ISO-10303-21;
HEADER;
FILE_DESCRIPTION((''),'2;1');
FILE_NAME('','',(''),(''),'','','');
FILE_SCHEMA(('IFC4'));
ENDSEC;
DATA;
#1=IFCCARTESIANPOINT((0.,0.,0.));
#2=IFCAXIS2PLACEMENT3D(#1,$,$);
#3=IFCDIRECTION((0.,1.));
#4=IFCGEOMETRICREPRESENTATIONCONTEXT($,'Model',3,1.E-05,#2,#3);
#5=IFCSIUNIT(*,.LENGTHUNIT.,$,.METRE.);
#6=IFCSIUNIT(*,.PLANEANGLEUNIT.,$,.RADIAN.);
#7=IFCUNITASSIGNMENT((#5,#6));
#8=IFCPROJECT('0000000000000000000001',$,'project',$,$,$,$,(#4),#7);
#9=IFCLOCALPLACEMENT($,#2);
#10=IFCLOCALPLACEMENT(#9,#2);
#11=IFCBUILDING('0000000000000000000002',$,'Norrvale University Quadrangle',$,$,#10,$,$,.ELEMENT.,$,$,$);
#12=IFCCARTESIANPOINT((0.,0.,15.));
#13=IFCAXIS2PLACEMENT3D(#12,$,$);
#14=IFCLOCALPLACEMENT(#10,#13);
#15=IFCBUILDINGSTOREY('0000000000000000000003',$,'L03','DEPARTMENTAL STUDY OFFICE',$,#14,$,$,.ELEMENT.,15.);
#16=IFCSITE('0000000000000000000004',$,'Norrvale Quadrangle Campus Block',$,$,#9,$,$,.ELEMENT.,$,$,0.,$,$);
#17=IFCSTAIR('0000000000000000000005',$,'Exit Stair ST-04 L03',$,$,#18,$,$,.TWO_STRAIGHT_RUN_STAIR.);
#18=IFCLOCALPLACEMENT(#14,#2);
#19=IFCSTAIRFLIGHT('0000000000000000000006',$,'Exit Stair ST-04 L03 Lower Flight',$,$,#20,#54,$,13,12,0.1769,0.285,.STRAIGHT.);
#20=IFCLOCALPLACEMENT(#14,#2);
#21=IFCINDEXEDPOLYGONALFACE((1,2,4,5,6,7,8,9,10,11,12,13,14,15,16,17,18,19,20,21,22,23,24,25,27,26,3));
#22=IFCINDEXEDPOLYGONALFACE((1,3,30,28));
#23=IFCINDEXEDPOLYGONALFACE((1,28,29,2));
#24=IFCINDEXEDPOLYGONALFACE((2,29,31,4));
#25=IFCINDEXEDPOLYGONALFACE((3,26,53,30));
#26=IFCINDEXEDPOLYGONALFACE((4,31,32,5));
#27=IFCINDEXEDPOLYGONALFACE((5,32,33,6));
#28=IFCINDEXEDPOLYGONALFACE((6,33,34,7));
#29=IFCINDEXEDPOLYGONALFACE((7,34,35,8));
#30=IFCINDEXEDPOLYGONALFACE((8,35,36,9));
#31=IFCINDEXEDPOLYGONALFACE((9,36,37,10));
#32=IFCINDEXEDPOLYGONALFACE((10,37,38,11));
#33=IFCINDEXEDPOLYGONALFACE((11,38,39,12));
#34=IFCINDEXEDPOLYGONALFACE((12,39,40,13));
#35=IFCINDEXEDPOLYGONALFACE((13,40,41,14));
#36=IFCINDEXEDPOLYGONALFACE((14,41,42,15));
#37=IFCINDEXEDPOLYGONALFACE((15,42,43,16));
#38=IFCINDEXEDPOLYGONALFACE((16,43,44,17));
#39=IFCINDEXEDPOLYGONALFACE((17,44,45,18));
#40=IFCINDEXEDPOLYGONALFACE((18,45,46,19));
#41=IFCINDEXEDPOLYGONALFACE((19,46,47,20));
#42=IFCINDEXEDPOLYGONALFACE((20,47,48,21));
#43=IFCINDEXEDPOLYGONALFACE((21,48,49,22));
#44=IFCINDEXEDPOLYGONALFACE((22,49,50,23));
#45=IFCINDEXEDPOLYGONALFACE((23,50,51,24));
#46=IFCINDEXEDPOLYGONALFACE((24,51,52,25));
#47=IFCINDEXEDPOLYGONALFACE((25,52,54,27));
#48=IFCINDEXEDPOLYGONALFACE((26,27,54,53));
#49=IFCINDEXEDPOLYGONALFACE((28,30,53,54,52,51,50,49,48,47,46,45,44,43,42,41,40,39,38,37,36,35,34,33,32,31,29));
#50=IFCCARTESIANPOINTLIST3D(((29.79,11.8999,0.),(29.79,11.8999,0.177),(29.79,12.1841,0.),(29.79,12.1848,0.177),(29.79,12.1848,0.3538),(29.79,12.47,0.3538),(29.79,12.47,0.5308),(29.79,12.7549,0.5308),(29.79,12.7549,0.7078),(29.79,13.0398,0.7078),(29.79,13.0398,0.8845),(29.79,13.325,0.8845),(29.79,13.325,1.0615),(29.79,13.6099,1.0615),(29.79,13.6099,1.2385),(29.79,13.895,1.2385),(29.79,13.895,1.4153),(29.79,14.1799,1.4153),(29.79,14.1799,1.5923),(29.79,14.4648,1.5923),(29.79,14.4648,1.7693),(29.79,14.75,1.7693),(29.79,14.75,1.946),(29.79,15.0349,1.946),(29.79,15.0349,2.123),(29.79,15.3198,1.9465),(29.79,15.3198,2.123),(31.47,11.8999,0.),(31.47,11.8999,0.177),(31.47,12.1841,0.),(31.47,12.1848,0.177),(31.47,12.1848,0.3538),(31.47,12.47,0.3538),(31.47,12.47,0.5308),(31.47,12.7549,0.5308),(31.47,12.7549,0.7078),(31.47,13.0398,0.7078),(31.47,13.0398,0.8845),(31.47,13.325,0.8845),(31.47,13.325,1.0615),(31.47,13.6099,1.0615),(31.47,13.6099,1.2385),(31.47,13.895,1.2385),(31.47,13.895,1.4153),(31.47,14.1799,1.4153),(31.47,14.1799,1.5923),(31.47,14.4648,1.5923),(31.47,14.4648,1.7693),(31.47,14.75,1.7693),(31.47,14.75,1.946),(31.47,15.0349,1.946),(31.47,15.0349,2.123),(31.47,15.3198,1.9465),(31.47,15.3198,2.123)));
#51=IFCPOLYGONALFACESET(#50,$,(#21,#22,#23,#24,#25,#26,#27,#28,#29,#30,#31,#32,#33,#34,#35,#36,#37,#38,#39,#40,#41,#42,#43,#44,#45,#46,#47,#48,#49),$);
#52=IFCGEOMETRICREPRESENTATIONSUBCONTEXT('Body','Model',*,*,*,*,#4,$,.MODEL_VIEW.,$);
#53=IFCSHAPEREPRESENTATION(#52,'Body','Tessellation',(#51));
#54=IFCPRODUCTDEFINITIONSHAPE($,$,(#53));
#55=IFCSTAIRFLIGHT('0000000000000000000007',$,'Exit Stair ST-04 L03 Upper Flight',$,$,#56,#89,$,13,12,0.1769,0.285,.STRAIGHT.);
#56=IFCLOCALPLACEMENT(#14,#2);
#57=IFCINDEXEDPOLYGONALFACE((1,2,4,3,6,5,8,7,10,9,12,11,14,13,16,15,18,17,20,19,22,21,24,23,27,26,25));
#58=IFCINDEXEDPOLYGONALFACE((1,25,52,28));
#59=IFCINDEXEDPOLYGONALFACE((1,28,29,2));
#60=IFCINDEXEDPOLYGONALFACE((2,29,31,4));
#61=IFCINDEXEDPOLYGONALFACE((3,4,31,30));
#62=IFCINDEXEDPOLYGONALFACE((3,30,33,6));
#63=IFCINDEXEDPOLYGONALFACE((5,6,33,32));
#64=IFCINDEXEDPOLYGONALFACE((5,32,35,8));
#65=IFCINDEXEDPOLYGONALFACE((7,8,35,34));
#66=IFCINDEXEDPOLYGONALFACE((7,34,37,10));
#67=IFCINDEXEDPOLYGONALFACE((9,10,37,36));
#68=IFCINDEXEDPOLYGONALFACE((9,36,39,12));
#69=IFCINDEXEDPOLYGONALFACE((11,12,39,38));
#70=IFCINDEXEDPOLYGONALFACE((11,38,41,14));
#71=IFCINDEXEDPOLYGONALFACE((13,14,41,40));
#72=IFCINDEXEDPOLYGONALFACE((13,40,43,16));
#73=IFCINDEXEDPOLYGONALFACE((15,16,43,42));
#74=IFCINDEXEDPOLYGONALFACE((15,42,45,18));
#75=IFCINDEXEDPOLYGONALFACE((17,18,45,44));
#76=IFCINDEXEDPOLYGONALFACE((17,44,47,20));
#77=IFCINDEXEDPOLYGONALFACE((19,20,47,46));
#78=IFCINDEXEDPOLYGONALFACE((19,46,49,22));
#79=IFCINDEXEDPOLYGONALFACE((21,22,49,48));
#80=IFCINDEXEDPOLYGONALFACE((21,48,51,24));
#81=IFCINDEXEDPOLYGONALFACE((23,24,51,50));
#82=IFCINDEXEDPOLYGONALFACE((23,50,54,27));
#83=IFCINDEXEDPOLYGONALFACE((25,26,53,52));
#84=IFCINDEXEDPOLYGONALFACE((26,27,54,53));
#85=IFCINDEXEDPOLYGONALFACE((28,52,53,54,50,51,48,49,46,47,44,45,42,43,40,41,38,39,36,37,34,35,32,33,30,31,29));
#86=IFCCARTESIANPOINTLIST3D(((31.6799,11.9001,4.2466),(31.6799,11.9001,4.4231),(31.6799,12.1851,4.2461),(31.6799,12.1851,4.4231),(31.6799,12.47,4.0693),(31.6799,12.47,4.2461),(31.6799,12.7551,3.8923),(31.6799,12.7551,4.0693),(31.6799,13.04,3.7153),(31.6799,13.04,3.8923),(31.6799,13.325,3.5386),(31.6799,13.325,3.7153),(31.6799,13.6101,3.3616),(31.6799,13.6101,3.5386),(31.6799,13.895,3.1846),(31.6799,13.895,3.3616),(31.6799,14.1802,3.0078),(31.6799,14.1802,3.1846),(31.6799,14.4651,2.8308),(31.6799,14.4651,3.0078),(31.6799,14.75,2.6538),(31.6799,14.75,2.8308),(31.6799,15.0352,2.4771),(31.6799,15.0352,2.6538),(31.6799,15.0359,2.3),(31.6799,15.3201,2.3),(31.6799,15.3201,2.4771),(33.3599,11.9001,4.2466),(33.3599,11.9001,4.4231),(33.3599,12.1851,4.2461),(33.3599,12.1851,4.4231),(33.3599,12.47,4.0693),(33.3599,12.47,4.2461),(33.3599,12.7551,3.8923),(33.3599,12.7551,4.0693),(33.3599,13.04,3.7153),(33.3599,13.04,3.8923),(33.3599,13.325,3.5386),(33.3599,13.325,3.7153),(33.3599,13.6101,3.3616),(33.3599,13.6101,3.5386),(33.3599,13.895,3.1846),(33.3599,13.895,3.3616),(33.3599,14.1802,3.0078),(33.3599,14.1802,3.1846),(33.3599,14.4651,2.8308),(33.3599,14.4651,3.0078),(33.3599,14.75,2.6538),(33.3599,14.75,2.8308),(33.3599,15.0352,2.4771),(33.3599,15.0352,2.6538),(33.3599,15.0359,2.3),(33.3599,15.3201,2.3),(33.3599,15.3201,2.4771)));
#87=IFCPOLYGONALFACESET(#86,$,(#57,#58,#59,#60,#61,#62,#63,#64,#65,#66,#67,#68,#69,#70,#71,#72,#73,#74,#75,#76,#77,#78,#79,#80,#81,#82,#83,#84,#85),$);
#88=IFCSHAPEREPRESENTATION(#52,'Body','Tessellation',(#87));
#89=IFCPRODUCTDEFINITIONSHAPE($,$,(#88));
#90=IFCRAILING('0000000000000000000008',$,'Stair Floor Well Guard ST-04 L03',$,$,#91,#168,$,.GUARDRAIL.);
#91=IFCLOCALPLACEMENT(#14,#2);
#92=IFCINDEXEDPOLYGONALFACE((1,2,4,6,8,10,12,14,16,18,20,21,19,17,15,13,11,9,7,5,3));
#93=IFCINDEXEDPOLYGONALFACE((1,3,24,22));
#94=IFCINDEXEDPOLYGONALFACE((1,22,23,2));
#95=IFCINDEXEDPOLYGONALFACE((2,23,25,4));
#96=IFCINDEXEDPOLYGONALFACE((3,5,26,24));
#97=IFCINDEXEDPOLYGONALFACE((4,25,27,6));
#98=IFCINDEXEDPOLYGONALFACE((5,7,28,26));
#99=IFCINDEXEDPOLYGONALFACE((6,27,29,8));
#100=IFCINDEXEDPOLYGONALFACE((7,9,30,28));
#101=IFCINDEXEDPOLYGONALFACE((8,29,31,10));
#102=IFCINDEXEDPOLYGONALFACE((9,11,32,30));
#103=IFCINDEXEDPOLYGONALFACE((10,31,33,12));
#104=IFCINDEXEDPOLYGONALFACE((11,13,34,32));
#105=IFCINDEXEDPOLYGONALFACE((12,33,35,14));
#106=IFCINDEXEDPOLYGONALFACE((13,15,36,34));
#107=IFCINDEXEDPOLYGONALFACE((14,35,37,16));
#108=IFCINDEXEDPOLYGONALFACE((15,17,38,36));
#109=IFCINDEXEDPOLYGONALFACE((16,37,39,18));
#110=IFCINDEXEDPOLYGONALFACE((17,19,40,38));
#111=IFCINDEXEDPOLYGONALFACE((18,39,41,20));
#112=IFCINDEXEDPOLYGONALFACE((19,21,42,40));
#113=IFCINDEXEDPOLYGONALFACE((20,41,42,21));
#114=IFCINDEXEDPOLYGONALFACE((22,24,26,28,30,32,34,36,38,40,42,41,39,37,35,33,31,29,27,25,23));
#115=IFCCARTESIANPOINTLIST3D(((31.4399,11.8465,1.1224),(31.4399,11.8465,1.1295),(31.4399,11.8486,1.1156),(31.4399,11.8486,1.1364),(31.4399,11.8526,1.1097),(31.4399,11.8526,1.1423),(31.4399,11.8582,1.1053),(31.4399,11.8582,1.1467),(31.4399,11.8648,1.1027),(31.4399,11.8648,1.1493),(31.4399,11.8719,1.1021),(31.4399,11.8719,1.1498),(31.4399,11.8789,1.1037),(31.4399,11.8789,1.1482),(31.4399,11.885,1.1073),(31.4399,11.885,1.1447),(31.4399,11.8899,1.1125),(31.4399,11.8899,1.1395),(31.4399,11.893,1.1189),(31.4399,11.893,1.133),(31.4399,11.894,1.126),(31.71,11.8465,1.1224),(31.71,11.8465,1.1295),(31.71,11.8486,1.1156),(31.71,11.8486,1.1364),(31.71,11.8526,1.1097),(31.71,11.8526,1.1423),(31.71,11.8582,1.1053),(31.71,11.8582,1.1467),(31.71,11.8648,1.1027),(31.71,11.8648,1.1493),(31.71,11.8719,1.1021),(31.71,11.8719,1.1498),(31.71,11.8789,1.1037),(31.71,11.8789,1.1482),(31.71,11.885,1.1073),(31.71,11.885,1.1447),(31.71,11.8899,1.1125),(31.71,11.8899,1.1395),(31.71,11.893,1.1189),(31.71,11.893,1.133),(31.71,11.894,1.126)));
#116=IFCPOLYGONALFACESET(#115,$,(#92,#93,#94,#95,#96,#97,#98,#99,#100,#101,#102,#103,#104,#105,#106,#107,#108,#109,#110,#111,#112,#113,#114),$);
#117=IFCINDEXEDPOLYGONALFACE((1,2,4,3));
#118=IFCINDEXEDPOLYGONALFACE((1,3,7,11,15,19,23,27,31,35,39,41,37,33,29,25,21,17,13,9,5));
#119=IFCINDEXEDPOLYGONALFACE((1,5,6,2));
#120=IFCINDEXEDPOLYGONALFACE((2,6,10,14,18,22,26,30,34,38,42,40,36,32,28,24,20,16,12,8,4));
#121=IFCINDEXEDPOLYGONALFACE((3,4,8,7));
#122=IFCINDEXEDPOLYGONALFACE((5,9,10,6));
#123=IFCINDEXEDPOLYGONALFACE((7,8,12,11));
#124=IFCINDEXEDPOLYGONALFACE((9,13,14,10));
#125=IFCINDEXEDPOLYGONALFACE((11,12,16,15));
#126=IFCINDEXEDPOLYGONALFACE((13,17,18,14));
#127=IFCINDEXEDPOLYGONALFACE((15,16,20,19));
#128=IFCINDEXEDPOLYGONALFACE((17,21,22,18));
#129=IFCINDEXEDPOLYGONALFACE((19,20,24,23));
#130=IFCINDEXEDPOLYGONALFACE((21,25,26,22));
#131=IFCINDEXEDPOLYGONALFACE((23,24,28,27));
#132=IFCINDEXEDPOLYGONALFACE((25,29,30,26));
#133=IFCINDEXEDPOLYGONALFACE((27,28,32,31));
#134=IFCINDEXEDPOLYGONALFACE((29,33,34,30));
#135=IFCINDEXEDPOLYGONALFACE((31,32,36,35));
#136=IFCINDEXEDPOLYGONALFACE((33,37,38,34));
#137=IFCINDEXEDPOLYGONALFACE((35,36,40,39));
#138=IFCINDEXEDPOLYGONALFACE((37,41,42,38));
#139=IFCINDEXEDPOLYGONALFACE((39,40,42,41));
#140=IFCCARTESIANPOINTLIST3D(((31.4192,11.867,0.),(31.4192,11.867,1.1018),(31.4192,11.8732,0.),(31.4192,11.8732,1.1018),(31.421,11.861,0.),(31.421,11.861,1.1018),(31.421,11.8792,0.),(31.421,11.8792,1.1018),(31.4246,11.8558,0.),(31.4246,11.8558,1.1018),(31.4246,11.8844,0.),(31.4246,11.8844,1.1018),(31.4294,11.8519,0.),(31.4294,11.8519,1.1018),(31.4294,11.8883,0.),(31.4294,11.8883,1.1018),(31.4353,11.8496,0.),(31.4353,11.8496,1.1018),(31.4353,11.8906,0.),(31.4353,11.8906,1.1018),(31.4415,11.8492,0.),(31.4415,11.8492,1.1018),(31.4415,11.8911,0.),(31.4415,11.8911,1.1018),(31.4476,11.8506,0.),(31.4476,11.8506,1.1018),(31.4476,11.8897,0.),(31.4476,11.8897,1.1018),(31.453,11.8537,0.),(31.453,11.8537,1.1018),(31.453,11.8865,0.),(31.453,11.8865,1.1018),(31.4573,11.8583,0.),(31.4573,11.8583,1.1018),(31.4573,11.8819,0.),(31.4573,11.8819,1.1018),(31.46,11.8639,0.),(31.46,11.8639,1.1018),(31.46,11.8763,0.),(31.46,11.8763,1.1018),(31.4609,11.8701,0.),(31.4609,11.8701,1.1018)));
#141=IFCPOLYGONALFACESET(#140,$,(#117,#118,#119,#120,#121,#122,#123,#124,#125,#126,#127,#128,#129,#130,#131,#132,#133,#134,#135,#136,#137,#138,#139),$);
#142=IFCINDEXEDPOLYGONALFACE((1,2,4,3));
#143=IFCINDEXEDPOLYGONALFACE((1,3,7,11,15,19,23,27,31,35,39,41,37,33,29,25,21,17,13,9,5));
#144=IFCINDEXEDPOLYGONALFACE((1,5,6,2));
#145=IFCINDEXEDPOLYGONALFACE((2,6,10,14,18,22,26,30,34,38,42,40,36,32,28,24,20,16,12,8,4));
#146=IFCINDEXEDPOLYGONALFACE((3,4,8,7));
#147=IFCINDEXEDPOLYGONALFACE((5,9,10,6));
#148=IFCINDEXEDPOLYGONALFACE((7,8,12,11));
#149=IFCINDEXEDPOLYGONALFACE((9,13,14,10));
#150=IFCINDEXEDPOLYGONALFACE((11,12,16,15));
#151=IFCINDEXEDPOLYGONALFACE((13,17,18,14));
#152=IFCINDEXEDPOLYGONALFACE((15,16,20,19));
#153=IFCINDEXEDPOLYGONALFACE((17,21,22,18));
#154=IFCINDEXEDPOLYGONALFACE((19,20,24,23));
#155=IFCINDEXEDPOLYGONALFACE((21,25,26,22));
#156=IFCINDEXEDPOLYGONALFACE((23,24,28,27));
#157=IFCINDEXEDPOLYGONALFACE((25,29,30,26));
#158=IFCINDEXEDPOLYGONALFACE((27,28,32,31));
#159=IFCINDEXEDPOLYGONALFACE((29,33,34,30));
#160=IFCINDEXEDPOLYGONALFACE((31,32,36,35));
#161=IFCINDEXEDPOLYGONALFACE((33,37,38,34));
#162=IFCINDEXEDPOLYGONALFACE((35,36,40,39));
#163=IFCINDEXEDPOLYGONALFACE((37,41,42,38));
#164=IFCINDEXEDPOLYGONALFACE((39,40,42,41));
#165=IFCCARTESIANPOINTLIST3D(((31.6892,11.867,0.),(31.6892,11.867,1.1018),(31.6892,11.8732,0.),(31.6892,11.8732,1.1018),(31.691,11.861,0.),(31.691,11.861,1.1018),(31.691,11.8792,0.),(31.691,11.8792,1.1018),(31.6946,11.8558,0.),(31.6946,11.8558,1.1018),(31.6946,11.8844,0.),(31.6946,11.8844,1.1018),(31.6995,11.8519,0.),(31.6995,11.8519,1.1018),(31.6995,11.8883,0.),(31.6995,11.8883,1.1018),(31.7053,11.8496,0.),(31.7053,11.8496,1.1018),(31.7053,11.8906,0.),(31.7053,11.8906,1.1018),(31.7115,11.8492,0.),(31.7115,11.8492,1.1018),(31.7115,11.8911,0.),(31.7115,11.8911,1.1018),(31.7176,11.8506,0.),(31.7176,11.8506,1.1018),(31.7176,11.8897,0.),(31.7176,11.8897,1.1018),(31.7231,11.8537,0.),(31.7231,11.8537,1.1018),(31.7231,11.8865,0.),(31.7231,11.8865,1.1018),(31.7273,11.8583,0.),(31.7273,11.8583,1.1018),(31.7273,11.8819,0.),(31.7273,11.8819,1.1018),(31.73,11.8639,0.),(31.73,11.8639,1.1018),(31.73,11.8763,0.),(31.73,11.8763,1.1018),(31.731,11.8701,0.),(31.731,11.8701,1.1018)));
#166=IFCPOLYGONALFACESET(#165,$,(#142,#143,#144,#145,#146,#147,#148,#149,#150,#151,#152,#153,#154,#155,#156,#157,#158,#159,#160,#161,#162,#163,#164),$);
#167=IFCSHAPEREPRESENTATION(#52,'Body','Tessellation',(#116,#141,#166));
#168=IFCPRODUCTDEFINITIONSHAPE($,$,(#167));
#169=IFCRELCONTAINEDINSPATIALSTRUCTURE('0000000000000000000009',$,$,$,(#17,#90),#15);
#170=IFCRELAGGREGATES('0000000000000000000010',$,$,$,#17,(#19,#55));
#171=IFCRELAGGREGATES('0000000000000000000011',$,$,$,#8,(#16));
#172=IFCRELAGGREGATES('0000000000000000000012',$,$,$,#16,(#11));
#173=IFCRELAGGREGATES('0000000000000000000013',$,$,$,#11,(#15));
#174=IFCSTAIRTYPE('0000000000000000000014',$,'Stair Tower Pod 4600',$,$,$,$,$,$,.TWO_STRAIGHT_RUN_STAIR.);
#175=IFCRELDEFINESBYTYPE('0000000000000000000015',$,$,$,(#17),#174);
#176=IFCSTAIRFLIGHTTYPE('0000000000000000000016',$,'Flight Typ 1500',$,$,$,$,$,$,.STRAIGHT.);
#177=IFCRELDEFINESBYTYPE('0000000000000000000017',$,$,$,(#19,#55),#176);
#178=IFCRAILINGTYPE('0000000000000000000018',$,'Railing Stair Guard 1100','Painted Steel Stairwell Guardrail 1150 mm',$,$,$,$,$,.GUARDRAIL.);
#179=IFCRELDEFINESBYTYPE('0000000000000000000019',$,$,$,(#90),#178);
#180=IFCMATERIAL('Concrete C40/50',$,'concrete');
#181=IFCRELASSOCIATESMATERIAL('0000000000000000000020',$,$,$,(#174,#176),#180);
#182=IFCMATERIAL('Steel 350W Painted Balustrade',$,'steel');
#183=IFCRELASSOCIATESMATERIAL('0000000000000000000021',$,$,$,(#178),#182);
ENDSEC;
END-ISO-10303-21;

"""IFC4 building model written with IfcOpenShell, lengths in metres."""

from ifc_helpers import new_model, si_unit, direction, frame, origin, origin_2d, place, context, subcontext, project, spatial, polyline, circle, outline, extrude, material, type_object, element, aggregate, save


model = new_model("IFC4")

# Units and contexts
model_context = context("Model", 3, precision=1e-05, world=origin(), true_north=direction((0.0, 1.0)))
body_context = subcontext(model_context, "Body", "Model", "MODEL_VIEW")
ifc_project = project(units=[si_unit("LENGTHUNIT", "METRE"), si_unit("PLANEANGLEUNIT", "RADIAN")], contexts=[model_context])

# Site, building, storey
site_placement = place(None, origin())
site = spatial("IfcSite", under=ifc_project, at=site_placement, Name="Norrvale Quadrangle Campus Block", CompositionType="ELEMENT", RefElevation=0.0)
building_placement = place(site_placement, origin())
building = spatial("IfcBuilding", under=site, at=building_placement, Name="Norrvale University Quadrangle", CompositionType="ELEMENT")
storey_placement = place(building_placement, frame((0.0, 0.0, 15.0)))
storey = spatial("IfcBuildingStorey", under=building, at=storey_placement, Name="L03", Description="DEPARTMENTAL STUDY OFFICE", CompositionType="ELEMENT", Elevation=15.0)

# Stair, stair flights
ifc_material_1 = material(Name="Concrete C40/50", Category="concrete")
stair_type = type_object("IfcStairType", Name="Stair Tower Pod 4600", PredefinedType="TWO_STRAIGHT_RUN_STAIR", material=ifc_material_1)
stair_placement = place(storey_placement, origin())
stair = element("IfcStair", 1, at=stair_placement, inside=storey, type_object=stair_type, Name="Exit Stair ST-04 L03", PredefinedType="TWO_STRAIGHT_RUN_STAIR")
stair_flight_type = type_object("IfcStairFlightType", Name="Flight Typ 1500", PredefinedType="STRAIGHT", material=ifc_material_1)
stair_flight_1_placement = place(storey_placement, frame((30.6299, 11.8999, 0.0), z_axis=(0.0, 0.0, 1.0), x_axis=(0.0, 1.0, 0.0)))
stair_flight_1 = element("IfcStairFlight", 2, at=stair_flight_1_placement, type_object=stair_flight_type, Name="Exit Stair ST-04 L03 Lower Flight", NumberOfRisers=13, NumberOfTreads=12, PredefinedType="STRAIGHT", RiserHeight=0.1769, TreadLength=0.285, context=body_context, shape_type="SweptSolid", body=[
    extrude(outline(polyline([(0.0, 0.0), (0.0, 0.177), (0.2849, 0.177), (0.2849, 0.3538), (0.5701, 0.3538), (0.5701, 0.5308), (0.855, 0.5308), (0.855, 0.7078), (1.1399, 0.7078), (1.1399, 0.8845), (1.425, 0.8845), (1.425, 1.0615), (1.71, 1.0615), (1.71, 1.2385), (1.9951, 1.2385), (1.9951, 1.4153), (2.28, 1.4153), (2.28, 1.5923), (2.5649, 1.5923), (2.5649, 1.7693), (2.8501, 1.7693), (2.8501, 1.946), (3.135, 1.946), (3.135, 2.123), (3.4199, 2.123), (3.4199, 2.3), (3.4199, 1.9465), (0.2842, 0.0), (0.0, 0.0)])), frame((0.0, 0.8398, 0.0), z_axis=(0.0, -1.0, 0.0), x_axis=(1.0, 0.0, 0.0)), (0.0, 0.0, 1.0), 1.6799),
])
stair_flight_2_placement = place(storey_placement, frame((32.52, 15.3201, 2.3), z_axis=(0.0, 0.0, 1.0), x_axis=(0.0, -1.0, 0.0)))
stair_flight_2 = element("IfcStairFlight", 3, at=stair_flight_2_placement, type_object=stair_flight_type, Name="Exit Stair ST-04 L03 Upper Flight", NumberOfRisers=13, NumberOfTreads=12, PredefinedType="STRAIGHT", RiserHeight=0.1769, TreadLength=0.285, context=body_context, shape_type="SweptSolid", body=[
    extrude(outline(polyline([(0.0, 0.0), (0.0, 0.177), (0.2849, 0.177), (0.2849, 0.3538), (0.5701, 0.3538), (0.5701, 0.5308), (0.855, 0.5308), (0.855, 0.7078), (1.1399, 0.7078), (1.1399, 0.8845), (1.425, 0.8845), (1.425, 1.0615), (1.71, 1.0615), (1.71, 1.2385), (1.9951, 1.2385), (1.9951, 1.4153), (2.28, 1.4153), (2.28, 1.5923), (2.5649, 1.5923), (2.5649, 1.7693), (2.8501, 1.7693), (2.8501, 1.946), (3.135, 1.946), (3.135, 2.123), (3.4199, 2.123), (3.4199, 2.3), (3.4199, 1.9465), (0.2842, 0.0), (0.0, 0.0)])), frame((0.0, 0.8398, 0.0), z_axis=(0.0, -1.0, 0.0), x_axis=(1.0, 0.0, 0.0)), (0.0, 0.0, 1.0), 1.6799),
])
aggregate(stair, [stair_flight_1, stair_flight_2])

# Railing
ifc_material_2 = material(Name="Steel 350W Painted Balustrade", Category="steel")
railing_type_1 = type_object("IfcRailingType", Name="Railing Stair Guard 1100", Description="Painted Steel Stairwell Guardrail 1150 mm", PredefinedType="GUARDRAIL", material=ifc_material_2)
for number, where, name in (
    (4, (31.4399, 11.8701, 0.0), "Stair Floor Well Guard ST-04 L03"),
):
    element("IfcRailing", number, at=place(storey_placement, frame(where)), inside=storey, type_object=railing_type_1, Name=name, PredefinedType="GUARDRAIL", context=body_context, shape_type="SweptSolid", body=[
        extrude(circle(Radius=0.0239, at=origin_2d()), frame((0.0, 0.0, 1.126), z_axis=(1.0, 0.0, 0.0), x_axis=(0.0, 1.0, 0.0)), (0.0, 0.0, 1.0), 0.27),
        extrude(circle(Radius=0.021, at=origin_2d()), origin(), (0.0, 0.0, 1.0), 1.1018),
        extrude(circle(Radius=0.021, at=origin_2d()), frame((0.27, 0.0, 0.0)), (0.0, 0.0, 1.0), 1.1018),
    ])

save(model, "model.ifc")
